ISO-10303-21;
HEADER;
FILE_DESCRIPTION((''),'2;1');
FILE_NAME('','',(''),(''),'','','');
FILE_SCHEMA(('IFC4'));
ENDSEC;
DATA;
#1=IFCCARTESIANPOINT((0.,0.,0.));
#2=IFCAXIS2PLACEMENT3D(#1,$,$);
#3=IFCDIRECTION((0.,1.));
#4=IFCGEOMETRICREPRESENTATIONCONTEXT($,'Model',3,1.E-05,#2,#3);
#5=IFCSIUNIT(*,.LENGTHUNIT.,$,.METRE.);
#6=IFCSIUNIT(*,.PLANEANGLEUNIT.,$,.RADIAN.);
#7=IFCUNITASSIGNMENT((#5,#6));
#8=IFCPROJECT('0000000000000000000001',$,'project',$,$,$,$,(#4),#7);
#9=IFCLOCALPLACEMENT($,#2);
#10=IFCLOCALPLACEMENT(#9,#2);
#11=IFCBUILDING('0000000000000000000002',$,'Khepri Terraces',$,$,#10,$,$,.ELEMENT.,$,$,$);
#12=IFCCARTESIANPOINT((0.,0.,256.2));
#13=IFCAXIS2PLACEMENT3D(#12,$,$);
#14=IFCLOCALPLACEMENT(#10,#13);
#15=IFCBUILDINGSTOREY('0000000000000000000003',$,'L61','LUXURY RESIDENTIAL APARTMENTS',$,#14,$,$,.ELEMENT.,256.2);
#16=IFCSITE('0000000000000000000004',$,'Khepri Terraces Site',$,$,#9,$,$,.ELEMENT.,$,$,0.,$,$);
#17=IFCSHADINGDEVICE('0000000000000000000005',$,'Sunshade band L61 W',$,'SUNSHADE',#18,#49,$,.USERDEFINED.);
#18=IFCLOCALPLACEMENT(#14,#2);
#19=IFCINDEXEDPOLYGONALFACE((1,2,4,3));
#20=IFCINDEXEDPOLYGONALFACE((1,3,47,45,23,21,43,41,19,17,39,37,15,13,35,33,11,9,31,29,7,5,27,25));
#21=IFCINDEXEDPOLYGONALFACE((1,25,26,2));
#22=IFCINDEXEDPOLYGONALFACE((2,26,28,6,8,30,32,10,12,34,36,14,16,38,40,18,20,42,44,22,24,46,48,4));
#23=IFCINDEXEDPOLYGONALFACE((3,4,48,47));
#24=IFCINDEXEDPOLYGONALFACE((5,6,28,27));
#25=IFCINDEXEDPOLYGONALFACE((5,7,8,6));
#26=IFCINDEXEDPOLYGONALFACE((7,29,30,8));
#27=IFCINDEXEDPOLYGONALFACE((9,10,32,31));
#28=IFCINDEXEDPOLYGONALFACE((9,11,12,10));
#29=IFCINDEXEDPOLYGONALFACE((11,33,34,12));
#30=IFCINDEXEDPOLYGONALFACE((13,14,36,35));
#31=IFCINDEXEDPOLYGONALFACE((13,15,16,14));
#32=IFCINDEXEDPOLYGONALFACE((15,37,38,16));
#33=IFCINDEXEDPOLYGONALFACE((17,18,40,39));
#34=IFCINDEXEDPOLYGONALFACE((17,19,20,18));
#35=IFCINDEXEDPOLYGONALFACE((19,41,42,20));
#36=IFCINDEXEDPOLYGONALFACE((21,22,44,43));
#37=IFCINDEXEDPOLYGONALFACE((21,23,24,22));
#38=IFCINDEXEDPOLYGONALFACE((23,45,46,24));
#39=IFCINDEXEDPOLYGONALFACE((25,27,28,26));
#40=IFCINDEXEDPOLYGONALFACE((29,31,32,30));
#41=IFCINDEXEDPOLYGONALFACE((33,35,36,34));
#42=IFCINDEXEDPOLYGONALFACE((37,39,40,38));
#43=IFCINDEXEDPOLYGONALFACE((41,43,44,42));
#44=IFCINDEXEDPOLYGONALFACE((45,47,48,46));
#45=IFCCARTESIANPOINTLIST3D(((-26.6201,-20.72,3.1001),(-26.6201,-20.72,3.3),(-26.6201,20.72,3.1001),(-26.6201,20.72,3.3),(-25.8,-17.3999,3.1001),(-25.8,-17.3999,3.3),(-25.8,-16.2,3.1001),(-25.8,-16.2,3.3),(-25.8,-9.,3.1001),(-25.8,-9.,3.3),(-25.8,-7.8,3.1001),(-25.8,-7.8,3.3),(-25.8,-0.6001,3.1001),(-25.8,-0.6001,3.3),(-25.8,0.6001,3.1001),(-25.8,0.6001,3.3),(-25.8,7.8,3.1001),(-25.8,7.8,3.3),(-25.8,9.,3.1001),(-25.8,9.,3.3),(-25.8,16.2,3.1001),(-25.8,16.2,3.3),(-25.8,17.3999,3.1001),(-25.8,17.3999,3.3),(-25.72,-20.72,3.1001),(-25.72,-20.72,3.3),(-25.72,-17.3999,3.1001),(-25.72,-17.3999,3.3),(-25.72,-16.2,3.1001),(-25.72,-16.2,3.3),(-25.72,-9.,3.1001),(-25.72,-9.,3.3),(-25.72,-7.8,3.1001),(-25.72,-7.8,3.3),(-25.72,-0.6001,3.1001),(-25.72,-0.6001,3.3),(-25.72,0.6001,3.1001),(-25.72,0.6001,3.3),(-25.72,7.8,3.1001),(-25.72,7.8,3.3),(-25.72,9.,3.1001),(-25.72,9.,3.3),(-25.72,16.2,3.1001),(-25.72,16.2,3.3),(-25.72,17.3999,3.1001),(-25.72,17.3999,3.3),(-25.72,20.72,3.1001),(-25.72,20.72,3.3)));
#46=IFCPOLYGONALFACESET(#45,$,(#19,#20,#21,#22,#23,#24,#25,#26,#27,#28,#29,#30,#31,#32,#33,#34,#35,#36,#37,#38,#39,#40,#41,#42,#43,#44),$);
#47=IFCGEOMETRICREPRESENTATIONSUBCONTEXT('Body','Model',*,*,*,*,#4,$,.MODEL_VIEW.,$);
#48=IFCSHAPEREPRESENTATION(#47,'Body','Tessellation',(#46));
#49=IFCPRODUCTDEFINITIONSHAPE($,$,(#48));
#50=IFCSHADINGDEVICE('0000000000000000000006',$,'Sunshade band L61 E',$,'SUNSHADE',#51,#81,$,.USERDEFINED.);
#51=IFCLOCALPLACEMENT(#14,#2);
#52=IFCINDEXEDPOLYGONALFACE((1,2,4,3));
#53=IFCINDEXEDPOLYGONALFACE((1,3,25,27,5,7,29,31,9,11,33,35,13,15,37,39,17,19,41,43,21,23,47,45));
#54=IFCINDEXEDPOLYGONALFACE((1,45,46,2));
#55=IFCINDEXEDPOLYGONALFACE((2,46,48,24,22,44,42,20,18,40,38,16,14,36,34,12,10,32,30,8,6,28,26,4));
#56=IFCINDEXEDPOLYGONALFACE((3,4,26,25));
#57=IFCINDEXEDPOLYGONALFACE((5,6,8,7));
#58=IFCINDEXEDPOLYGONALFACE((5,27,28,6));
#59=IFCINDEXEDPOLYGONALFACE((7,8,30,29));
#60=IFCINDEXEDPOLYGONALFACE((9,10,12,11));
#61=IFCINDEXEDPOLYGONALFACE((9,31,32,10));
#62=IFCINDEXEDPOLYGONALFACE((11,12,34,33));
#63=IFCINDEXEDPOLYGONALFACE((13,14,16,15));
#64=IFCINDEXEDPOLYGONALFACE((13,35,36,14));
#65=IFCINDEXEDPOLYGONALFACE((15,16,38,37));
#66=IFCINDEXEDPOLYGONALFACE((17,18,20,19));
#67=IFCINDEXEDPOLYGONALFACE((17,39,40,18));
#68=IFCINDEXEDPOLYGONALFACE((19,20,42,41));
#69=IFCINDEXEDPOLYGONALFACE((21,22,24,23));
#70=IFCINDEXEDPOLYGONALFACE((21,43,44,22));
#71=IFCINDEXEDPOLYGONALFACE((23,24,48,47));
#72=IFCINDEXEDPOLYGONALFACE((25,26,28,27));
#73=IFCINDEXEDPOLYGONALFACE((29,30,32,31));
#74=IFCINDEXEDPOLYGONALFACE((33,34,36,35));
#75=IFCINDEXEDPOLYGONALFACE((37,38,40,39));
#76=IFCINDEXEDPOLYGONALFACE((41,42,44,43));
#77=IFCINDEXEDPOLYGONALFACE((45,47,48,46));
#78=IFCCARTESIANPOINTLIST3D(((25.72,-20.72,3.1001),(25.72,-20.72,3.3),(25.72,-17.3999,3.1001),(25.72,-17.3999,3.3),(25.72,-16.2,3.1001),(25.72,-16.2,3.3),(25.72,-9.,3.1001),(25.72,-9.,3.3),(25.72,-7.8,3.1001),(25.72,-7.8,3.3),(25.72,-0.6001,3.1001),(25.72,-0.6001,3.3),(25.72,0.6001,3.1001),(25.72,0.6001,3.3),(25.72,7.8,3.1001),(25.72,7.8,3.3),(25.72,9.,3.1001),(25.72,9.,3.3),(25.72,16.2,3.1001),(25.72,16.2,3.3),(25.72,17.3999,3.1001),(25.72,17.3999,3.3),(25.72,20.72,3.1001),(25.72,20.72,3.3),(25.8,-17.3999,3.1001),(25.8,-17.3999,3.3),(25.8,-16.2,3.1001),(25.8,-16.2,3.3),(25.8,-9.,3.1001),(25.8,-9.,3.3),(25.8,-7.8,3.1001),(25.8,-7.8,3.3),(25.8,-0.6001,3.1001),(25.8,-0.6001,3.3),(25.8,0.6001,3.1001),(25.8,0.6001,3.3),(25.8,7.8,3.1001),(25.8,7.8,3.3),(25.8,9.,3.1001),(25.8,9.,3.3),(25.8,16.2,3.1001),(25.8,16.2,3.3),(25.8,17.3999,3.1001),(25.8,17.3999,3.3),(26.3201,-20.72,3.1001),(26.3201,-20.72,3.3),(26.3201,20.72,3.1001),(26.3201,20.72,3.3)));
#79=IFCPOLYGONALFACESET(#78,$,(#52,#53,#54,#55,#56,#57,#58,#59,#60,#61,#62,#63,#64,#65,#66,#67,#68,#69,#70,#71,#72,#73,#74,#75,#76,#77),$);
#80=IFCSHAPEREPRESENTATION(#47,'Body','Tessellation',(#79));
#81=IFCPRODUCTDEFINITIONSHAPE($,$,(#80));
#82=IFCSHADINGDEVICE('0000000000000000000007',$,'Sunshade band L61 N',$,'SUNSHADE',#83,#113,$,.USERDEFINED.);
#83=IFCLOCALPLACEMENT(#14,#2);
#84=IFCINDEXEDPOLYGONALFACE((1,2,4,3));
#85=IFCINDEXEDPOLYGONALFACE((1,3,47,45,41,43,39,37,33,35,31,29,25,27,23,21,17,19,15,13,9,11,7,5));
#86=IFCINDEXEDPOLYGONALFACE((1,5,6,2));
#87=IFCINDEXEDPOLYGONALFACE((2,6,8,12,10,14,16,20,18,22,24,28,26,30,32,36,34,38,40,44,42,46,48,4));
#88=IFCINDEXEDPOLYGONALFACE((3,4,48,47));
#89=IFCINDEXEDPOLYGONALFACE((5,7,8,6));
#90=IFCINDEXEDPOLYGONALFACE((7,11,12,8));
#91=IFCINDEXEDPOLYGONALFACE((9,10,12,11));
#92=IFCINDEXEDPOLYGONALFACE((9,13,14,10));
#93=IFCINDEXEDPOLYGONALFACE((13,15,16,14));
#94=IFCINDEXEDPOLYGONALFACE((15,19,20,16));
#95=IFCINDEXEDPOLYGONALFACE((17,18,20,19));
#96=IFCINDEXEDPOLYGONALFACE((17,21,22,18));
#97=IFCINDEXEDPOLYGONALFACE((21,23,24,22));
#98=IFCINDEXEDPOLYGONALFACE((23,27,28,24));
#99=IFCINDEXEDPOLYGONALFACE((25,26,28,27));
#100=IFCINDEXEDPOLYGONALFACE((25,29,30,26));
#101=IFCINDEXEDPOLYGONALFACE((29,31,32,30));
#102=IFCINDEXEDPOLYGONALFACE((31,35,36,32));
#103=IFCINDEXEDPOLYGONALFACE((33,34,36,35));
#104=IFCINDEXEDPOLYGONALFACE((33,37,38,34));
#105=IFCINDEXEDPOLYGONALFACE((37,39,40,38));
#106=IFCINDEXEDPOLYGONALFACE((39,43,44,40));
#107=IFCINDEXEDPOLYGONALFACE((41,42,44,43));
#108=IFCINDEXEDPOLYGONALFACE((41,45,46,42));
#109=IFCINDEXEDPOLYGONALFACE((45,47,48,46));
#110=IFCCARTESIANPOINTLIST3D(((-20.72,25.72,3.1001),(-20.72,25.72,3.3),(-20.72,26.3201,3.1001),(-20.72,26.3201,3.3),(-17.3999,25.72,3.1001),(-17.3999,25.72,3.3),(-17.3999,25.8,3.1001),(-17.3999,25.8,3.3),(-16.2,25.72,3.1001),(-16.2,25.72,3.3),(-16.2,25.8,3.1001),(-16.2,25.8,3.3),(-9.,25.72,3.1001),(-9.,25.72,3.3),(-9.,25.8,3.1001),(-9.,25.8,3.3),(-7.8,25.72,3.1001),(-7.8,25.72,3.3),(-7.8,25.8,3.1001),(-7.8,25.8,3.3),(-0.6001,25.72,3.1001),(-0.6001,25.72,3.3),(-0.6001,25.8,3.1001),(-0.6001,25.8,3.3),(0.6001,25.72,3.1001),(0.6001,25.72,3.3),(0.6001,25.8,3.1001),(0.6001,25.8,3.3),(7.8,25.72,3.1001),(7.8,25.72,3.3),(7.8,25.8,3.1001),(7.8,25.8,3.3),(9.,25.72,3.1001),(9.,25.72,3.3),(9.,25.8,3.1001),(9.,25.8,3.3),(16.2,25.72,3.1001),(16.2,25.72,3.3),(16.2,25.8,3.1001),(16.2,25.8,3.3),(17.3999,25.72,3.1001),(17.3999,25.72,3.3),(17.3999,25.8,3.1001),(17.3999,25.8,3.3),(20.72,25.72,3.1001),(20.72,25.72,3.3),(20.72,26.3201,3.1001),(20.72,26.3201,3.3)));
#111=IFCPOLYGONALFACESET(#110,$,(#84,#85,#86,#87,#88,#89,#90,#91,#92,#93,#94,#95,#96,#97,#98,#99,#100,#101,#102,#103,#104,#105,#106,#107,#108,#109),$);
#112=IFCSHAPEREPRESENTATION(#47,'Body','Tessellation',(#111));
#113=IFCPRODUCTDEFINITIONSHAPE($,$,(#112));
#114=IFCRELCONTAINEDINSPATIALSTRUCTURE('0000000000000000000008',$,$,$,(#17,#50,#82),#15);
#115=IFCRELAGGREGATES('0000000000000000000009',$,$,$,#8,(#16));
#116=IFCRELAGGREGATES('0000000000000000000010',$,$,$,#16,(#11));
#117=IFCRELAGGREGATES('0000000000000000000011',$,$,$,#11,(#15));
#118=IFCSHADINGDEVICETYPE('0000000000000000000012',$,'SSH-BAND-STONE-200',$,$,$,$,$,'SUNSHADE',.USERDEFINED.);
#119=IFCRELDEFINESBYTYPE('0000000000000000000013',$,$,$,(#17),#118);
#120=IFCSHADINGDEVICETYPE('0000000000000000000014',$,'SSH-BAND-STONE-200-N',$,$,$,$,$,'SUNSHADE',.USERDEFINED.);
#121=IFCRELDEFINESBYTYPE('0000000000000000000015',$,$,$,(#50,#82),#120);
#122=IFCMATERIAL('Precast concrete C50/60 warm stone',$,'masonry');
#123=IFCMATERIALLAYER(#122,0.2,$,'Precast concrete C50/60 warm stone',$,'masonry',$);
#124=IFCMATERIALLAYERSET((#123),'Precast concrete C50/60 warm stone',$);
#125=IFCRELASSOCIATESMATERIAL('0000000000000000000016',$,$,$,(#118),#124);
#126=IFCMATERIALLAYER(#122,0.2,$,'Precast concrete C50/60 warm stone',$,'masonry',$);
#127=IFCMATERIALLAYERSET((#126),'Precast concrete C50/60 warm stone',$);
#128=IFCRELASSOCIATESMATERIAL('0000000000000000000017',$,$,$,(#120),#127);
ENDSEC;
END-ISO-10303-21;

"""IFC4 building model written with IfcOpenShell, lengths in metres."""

from ifc_helpers import new_model, si_unit, direction, frame, origin, place, context, subcontext, project, spatial, polyline, outline, extrude, material, layer, layer_set, type_object, element, save


model = new_model("IFC4")

# Units and contexts
model_context = context("Model", 3, precision=1e-05, world=origin(), true_north=direction((0.0, 1.0)))
body_context = subcontext(model_context, "Body", "Model", "MODEL_VIEW")
ifc_project = project(units=[si_unit("LENGTHUNIT", "METRE"), si_unit("PLANEANGLEUNIT", "RADIAN")], contexts=[model_context])

# Site, building, storey
site_placement = place(None, origin())
site = spatial("IfcSite", under=ifc_project, at=site_placement, Name="Khepri Terraces Site", CompositionType="ELEMENT", RefElevation=0.0)
building_placement = place(site_placement, origin())
building = spatial("IfcBuilding", under=site, at=building_placement, Name="Khepri Terraces", CompositionType="ELEMENT")
storey_placement = place(building_placement, frame((0.0, 0.0, 256.2)))
storey = spatial("IfcBuildingStorey", under=building, at=storey_placement, Name="L61", Description="LUXURY RESIDENTIAL APARTMENTS", CompositionType="ELEMENT", Elevation=256.2)

# Shared definitions
ifc_material_1 = material(Name="Precast concrete C50/60 warm stone", Category="masonry")

# Shading devices
ifc_layer_1 = layer(ifc_material_1, 0.2, Name="Precast concrete C50/60 warm stone", Category="masonry")
ifc_layer_set_1 = layer_set([ifc_layer_1], Name="Precast concrete C50/60 warm stone")
shading_device_type_1 = type_object("IfcShadingDeviceType", Name="SSH-BAND-STONE-200", ElementType="SUNSHADE", PredefinedType="USERDEFINED", material=ifc_layer_set_1)
shading_device_1_placement = place(storey_placement, frame((0.0, 0.0, 3.1001)))
element("IfcShadingDevice", 1, at=shading_device_1_placement, inside=storey, type_object=shading_device_type_1, Name="Sunshade band L61 W", ObjectType="SUNSHADE", PredefinedType="USERDEFINED", context=body_context, shape_type="SweptSolid", body=[
    extrude(outline(polyline([(-25.72, 17.3999), (-25.72, 20.72), (-26.6201, 20.72), (-26.6201, -20.72), (-25.72, -20.72), (-25.72, -17.3999), (-25.8, -17.3999), (-25.8, -16.2), (-25.72, -16.2), (-25.72, -9.0), (-25.8, -9.0), (-25.8, -7.8), (-25.72, -7.8), (-25.72, -0.6001), (-25.8, -0.6001), (-25.8, 0.6001), (-25.72, 0.6001), (-25.72, 7.8), (-25.8, 7.8), (-25.8, 9.0), (-25.72, 9.0), (-25.72, 16.2), (-25.8, 16.2), (-25.8, 17.3999), (-25.72, 17.3999)])), origin(), (0.0, 0.0, 1.0), 0.2),
])
ifc_layer_2 = layer(ifc_material_1, 0.2, Name="Precast concrete C50/60 warm stone", Category="masonry")
ifc_layer_set_2 = layer_set([ifc_layer_2], Name="Precast concrete C50/60 warm stone")
shading_device_type_2 = type_object("IfcShadingDeviceType", Name="SSH-BAND-STONE-200-N", ElementType="SUNSHADE", PredefinedType="USERDEFINED", material=ifc_layer_set_2)
shading_device_2_placement = place(storey_placement, frame((0.0, 0.0, 3.1001)))
element("IfcShadingDevice", 2, at=shading_device_2_placement, inside=storey, type_object=shading_device_type_2, Name="Sunshade band L61 E", ObjectType="SUNSHADE", PredefinedType="USERDEFINED", context=body_context, shape_type="SweptSolid", body=[
    extrude(outline(polyline([(25.72, -17.3999), (25.72, -20.72), (26.3201, -20.72), (26.3201, 20.72), (25.72, 20.72), (25.72, 17.3999), (25.8, 17.3999), (25.8, 16.2), (25.72, 16.2), (25.72, 9.0), (25.8, 9.0), (25.8, 7.8), (25.72, 7.8), (25.72, 0.6001), (25.8, 0.6001), (25.8, -0.6001), (25.72, -0.6001), (25.72, -7.8), (25.8, -7.8), (25.8, -9.0), (25.72, -9.0), (25.72, -16.2), (25.8, -16.2), (25.8, -17.3999), (25.72, -17.3999)])), origin(), (0.0, 0.0, 1.0), 0.2),
])
shading_device_3_placement = place(storey_placement, frame((0.0, 0.0, 3.1001)))
element("IfcShadingDevice", 3, at=shading_device_3_placement, inside=storey, type_object=shading_device_type_2, Name="Sunshade band L61 N", ObjectType="SUNSHADE", PredefinedType="USERDEFINED", context=body_context, shape_type="SweptSolid", body=[
    extrude(outline(polyline([(17.3999, 25.72), (20.72, 25.72), (20.72, 26.3201), (-20.72, 26.3201), (-20.72, 25.72), (-17.3999, 25.72), (-17.3999, 25.8), (-16.2, 25.8), (-16.2, 25.72), (-9.0, 25.72), (-9.0, 25.8), (-7.8, 25.8), (-7.8, 25.72), (-0.6001, 25.72), (-0.6001, 25.8), (0.6001, 25.8), (0.6001, 25.72), (7.8, 25.72), (7.8, 25.8), (9.0, 25.8), (9.0, 25.72), (16.2, 25.72), (16.2, 25.8), (17.3999, 25.8), (17.3999, 25.72)])), origin(), (0.0, 0.0, 1.0), 0.2),
])

save(model, "model.ifc")
